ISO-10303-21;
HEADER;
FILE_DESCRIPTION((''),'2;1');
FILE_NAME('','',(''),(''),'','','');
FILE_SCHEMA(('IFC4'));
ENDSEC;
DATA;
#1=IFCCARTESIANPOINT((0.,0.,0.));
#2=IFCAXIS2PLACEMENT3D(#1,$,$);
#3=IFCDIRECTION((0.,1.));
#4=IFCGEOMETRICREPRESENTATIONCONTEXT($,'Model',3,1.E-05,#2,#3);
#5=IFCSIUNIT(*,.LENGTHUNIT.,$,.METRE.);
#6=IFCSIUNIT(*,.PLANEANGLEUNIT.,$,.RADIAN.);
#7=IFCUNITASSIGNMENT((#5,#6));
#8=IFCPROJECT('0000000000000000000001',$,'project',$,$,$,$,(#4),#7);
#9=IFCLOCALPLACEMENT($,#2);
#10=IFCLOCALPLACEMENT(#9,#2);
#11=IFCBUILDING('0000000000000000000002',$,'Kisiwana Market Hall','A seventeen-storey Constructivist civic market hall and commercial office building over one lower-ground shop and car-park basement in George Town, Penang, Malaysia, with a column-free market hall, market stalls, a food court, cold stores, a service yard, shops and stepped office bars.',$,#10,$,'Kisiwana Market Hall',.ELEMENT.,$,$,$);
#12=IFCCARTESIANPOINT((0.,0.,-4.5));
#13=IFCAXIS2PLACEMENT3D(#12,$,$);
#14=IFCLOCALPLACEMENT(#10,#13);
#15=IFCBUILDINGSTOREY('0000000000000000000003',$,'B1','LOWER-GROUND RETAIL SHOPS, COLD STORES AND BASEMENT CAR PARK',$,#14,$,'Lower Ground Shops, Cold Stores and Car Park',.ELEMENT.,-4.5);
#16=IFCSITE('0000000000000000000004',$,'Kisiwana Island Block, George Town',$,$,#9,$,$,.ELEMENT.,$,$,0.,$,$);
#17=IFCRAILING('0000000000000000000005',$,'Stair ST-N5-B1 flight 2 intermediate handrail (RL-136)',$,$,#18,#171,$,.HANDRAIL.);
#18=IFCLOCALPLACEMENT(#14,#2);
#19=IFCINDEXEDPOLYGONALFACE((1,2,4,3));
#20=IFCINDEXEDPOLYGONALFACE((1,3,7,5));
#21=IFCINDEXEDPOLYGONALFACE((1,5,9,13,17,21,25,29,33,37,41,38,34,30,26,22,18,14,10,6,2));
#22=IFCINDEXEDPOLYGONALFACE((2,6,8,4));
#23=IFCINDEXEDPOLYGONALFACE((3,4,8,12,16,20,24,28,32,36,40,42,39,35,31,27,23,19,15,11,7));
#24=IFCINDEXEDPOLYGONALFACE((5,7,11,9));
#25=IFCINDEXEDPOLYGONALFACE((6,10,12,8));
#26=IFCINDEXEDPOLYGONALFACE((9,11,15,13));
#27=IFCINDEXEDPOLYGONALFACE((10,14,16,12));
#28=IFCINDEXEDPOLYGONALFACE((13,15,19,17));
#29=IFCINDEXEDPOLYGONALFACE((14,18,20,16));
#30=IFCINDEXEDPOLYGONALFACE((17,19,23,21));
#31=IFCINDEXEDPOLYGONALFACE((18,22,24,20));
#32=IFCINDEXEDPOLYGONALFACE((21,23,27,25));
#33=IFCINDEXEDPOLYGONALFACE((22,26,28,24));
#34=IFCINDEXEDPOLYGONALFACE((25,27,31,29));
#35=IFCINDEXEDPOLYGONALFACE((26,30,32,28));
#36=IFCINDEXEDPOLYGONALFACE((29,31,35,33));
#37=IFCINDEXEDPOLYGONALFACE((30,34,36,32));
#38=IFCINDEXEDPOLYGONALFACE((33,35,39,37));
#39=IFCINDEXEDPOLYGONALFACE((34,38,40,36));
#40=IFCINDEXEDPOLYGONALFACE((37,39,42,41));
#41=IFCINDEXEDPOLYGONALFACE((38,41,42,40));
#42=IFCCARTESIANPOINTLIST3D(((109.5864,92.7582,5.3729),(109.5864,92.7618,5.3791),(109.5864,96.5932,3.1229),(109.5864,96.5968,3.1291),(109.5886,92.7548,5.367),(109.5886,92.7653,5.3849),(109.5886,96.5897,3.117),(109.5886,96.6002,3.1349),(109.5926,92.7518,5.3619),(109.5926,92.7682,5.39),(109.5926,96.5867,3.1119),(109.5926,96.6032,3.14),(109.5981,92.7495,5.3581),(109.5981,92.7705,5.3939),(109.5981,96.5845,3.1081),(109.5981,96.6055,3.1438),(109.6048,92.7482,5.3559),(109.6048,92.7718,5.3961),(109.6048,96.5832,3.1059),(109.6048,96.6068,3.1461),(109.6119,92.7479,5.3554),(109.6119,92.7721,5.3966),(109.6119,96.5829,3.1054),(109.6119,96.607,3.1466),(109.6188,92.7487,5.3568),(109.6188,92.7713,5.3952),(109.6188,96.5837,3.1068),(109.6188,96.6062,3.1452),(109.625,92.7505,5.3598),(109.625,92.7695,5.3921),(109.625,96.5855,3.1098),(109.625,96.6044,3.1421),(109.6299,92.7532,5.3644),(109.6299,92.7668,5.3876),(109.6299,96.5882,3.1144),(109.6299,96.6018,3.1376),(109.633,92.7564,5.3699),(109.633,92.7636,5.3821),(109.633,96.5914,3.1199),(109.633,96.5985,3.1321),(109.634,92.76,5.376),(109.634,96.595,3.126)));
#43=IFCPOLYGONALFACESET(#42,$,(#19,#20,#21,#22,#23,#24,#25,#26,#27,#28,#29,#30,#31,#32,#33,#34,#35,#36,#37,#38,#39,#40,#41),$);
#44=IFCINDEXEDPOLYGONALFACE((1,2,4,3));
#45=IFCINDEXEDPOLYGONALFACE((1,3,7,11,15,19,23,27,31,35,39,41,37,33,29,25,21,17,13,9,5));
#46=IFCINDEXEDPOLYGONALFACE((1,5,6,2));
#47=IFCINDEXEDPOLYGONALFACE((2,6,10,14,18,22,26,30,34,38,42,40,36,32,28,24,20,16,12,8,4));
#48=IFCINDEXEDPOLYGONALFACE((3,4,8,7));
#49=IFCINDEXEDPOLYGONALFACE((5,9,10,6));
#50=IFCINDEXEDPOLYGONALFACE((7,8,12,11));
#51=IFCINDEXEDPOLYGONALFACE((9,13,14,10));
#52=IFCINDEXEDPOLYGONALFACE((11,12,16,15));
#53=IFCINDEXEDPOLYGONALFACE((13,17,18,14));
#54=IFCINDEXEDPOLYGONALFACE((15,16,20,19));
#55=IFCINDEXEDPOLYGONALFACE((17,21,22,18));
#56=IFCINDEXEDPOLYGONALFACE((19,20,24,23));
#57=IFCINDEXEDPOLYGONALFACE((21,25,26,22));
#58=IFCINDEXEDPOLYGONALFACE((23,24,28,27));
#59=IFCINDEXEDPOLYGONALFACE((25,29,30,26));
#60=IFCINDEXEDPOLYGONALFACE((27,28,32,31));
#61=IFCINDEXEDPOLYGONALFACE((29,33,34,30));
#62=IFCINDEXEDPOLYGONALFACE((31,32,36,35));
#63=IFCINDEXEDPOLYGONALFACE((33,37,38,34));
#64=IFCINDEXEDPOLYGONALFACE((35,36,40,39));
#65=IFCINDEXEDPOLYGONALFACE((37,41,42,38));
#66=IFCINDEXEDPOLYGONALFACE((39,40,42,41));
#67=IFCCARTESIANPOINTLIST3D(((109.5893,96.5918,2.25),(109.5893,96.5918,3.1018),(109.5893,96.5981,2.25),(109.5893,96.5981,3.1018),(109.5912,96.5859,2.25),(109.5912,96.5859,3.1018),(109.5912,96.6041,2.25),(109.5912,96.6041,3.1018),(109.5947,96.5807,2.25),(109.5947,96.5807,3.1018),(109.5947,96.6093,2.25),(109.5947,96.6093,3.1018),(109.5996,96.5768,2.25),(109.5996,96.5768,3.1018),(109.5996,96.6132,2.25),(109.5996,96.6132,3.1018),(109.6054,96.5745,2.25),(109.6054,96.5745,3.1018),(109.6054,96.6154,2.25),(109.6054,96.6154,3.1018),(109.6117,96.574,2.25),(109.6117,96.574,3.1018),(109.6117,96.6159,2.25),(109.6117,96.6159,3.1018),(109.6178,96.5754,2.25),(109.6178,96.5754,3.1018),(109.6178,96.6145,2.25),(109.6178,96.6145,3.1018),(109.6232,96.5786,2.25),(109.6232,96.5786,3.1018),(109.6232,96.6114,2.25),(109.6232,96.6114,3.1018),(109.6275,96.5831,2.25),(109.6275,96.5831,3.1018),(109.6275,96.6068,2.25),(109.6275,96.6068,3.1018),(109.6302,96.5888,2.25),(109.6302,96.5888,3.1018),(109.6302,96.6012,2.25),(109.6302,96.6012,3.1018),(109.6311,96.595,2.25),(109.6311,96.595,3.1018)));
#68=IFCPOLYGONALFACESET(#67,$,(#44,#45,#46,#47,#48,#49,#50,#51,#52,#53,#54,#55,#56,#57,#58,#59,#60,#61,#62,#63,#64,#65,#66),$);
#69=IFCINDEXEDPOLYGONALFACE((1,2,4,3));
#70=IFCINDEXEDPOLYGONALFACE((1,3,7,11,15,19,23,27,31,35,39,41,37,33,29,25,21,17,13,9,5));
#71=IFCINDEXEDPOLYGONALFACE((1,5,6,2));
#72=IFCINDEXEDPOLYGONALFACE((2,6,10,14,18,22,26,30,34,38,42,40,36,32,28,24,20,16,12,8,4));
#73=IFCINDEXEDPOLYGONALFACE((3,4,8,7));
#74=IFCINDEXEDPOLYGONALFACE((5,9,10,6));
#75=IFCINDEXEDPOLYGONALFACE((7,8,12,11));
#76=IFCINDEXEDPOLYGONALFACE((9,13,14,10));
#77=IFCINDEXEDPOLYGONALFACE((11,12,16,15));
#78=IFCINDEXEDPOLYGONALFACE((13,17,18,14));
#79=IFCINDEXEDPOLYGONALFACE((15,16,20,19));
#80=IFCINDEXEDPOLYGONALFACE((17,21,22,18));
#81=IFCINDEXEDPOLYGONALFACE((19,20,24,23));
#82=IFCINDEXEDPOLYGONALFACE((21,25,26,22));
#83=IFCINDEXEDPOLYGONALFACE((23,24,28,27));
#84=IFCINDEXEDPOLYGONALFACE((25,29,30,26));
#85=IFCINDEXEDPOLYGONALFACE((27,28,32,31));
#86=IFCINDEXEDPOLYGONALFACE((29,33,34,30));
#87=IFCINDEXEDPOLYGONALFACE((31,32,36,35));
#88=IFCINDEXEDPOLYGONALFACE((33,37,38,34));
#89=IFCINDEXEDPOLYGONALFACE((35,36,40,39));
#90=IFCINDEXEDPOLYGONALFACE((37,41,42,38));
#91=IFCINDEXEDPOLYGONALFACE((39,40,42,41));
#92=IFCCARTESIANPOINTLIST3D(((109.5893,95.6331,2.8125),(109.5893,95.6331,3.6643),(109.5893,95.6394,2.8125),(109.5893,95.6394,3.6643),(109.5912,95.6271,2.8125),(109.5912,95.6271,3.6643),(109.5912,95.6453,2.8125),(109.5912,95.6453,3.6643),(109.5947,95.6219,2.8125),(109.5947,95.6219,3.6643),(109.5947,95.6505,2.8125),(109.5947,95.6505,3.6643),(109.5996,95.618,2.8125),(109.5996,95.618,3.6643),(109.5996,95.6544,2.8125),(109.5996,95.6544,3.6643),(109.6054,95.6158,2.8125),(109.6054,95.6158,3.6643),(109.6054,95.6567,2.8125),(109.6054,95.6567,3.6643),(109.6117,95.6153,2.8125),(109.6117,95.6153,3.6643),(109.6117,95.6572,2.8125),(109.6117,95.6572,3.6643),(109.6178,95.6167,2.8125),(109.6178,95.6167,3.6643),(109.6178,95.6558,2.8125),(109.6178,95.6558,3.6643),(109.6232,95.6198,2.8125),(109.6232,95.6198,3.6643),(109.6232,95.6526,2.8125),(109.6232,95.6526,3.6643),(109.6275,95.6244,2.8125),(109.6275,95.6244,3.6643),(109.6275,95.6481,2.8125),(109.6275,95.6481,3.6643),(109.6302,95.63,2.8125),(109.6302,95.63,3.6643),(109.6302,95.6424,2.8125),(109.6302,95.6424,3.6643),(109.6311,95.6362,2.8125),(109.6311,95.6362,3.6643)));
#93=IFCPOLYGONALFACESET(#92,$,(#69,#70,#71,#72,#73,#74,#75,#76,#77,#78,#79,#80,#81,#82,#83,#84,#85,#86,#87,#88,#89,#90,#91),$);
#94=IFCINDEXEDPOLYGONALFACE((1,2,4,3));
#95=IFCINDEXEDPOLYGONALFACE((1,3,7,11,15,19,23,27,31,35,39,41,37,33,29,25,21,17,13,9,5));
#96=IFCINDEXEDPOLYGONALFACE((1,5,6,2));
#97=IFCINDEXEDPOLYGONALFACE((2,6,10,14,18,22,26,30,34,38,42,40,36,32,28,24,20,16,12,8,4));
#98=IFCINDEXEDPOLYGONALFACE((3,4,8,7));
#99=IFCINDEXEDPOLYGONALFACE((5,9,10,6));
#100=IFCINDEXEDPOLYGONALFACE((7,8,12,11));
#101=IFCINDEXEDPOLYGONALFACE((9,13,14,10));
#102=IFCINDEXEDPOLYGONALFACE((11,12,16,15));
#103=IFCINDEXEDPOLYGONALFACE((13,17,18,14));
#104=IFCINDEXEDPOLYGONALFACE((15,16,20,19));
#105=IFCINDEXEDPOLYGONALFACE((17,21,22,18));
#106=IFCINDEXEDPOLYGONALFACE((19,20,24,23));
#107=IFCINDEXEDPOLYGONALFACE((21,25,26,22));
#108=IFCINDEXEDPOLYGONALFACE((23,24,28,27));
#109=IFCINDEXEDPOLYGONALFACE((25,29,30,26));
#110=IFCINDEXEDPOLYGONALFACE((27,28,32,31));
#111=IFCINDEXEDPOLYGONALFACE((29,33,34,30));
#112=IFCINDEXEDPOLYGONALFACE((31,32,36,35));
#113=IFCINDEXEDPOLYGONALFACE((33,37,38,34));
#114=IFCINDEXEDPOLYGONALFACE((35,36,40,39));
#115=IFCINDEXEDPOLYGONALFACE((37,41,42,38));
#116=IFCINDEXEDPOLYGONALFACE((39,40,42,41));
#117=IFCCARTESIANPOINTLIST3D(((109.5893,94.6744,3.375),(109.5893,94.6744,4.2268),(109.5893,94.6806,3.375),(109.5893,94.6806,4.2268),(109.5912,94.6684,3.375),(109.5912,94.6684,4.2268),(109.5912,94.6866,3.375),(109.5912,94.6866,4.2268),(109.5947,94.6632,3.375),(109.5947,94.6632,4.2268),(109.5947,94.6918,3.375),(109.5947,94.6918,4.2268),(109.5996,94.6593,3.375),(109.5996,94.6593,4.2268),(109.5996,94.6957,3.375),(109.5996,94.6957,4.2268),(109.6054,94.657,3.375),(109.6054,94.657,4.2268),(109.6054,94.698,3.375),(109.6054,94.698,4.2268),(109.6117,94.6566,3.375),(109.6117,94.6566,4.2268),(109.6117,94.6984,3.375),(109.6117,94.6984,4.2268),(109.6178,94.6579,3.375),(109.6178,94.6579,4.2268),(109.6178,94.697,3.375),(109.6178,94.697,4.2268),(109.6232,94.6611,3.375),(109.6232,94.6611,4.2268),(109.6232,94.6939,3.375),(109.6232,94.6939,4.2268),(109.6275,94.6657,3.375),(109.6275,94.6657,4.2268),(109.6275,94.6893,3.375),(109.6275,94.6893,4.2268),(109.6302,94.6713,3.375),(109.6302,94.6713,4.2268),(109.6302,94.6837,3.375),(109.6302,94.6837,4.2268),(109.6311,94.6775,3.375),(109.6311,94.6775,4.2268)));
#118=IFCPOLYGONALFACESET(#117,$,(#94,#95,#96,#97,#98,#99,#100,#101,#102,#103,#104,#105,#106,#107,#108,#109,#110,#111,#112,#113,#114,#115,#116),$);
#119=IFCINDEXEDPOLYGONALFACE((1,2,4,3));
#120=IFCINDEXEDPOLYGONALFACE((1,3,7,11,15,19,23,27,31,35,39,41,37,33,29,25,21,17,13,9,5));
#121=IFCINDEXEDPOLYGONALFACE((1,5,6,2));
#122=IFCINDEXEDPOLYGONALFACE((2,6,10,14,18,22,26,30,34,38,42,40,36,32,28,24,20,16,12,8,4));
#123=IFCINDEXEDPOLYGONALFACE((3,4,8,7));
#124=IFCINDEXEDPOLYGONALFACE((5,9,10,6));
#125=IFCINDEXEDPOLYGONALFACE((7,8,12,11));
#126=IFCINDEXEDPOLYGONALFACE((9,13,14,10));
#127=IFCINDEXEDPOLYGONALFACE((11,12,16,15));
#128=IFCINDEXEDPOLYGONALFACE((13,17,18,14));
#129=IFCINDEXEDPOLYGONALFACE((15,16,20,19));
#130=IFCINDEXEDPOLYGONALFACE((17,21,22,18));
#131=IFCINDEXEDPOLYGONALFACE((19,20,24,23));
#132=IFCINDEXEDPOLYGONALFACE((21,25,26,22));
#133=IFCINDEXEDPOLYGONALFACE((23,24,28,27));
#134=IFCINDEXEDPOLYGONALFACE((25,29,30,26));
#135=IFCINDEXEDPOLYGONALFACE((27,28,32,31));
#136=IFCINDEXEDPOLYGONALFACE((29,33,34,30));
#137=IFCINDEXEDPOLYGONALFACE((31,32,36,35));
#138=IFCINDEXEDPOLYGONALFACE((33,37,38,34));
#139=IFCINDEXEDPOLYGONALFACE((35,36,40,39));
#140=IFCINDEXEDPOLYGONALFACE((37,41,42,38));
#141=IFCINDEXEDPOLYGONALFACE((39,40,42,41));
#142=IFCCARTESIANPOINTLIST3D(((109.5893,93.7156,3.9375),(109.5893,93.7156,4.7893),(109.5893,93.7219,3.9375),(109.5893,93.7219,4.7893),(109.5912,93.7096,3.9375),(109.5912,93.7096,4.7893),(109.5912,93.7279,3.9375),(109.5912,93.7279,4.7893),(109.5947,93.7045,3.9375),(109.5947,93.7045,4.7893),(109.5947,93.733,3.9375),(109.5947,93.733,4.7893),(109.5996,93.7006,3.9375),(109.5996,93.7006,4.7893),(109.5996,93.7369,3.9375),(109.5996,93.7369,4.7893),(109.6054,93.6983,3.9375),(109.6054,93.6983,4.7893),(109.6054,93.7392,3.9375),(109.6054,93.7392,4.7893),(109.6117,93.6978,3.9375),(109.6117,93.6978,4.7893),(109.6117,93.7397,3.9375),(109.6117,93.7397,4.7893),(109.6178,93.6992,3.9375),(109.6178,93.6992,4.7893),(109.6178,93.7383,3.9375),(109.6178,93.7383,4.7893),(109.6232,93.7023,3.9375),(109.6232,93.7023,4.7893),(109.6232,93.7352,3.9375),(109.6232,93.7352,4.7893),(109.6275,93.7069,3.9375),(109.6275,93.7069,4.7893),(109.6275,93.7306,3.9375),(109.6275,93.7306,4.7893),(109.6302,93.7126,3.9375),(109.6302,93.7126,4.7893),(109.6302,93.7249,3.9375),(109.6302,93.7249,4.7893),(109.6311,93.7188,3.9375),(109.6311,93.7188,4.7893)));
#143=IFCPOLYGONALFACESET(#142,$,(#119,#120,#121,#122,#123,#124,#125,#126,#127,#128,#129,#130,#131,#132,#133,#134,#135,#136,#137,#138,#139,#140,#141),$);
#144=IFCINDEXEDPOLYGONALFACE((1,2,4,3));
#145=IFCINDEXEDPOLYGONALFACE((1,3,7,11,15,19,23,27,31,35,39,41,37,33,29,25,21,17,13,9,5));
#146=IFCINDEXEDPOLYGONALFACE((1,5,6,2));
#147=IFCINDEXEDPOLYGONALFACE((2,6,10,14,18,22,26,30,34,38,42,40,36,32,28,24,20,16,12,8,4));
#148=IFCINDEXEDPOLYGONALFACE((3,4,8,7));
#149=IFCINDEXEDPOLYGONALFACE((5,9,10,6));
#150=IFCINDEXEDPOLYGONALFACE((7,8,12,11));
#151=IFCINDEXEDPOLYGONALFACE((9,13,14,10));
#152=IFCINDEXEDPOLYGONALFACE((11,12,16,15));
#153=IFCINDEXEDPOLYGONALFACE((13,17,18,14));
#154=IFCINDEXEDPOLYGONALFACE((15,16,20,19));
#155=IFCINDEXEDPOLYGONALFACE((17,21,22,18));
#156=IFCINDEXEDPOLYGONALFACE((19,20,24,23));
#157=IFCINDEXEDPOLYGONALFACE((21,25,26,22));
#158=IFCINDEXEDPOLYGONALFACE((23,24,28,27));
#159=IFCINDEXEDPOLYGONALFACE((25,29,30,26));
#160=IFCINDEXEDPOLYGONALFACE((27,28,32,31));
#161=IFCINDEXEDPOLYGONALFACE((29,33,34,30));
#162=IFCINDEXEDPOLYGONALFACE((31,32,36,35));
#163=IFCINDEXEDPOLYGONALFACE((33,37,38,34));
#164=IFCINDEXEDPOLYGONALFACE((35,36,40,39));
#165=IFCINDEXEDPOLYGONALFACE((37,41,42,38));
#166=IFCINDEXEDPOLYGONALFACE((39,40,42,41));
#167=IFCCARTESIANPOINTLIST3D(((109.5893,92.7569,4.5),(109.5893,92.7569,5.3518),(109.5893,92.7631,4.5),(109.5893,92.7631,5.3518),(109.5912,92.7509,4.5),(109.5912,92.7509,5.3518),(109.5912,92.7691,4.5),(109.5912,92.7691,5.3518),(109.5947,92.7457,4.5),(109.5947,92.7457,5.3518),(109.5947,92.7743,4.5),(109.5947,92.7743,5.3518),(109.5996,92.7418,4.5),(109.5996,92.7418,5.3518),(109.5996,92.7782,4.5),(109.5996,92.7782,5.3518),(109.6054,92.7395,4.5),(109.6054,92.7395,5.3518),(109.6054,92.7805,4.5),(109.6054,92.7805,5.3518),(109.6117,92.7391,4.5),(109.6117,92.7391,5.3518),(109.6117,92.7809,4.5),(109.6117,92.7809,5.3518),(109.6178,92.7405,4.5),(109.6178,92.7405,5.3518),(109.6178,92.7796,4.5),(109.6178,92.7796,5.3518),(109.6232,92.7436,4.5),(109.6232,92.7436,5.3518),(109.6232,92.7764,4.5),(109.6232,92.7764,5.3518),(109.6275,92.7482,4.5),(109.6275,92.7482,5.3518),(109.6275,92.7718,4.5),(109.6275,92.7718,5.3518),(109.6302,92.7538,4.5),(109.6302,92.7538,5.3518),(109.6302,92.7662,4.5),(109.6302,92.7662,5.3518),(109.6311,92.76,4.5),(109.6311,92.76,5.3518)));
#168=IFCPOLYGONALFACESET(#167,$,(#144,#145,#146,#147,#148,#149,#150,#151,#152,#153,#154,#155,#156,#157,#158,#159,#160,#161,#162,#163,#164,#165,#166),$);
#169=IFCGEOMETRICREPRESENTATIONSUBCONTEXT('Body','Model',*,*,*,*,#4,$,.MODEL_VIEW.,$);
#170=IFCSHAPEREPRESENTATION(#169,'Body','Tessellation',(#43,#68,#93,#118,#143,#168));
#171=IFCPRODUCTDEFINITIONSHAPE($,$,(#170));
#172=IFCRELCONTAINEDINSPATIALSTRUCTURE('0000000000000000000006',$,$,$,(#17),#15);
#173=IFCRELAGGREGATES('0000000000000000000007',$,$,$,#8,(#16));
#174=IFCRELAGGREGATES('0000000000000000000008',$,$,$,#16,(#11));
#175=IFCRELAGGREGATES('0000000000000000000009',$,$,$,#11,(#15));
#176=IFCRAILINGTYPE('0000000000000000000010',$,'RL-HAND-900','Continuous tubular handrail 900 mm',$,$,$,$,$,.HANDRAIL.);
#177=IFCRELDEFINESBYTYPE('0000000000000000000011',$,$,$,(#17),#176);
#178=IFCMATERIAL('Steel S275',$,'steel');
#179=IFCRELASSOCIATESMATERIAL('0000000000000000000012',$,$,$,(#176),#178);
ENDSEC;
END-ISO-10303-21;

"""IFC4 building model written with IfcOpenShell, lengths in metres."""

from ifc_helpers import new_model, si_unit, direction, frame, origin, origin_2d, place, context, subcontext, project, spatial, circle, extrude, material, type_object, element, save


model = new_model("IFC4")

# Units and contexts
model_context = context("Model", 3, precision=1e-05, world=origin(), true_north=direction((0.0, 1.0)))
body_context = subcontext(model_context, "Body", "Model", "MODEL_VIEW")
ifc_project = project(units=[si_unit("LENGTHUNIT", "METRE"), si_unit("PLANEANGLEUNIT", "RADIAN")], contexts=[model_context])

# Site, building, storey
site_placement = place(None, origin())
site = spatial("IfcSite", under=ifc_project, at=site_placement, Name="Kisiwana Island Block, George Town", CompositionType="ELEMENT", RefElevation=0.0)
building_placement = place(site_placement, origin())
building = spatial("IfcBuilding", under=site, at=building_placement, Name="Kisiwana Market Hall", Description="A seventeen-storey Constructivist civic market hall and commercial office building over one lower-ground shop and car-park basement in George Town, Penang, Malaysia, with a column-free market hall, market stalls, a food court, cold stores, a service yard, shops and stepped office bars.", LongName="Kisiwana Market Hall", CompositionType="ELEMENT")
storey_placement = place(building_placement, frame((0.0, 0.0, -4.5)))
storey = spatial("IfcBuildingStorey", under=building, at=storey_placement, Name="B1", Description="LOWER-GROUND RETAIL SHOPS, COLD STORES AND BASEMENT CAR PARK", LongName="Lower Ground Shops, Cold Stores and Car Park", CompositionType="ELEMENT", Elevation=-4.5)

# Railing
ifc_material_1 = material(Name="Steel S275", Category="steel")
railing_type_1 = type_object("IfcRailingType", Name="RL-HAND-900", Description="Continuous tubular handrail 900 mm", PredefinedType="HANDRAIL", material=ifc_material_1)
for number, where, name in (
    (1, (109.6101, 96.595, 2.25), "Stair ST-N5-B1 flight 2 intermediate handrail (RL-136)"),
):
    element("IfcRailing", number, at=place(storey_placement, frame(where)), inside=storey, type_object=railing_type_1, Name=name, PredefinedType="HANDRAIL", context=body_context, shape_type="SweptSolid", body=[
        extrude(circle(Radius=0.0239, at=origin_2d()), frame((0.0, 0.0, 0.876), z_axis=(0.0, -0.86251, 0.506041), x_axis=(1.0, 0.0, 0.0)), (0.0, 0.0, 1.0), 4.4463),
        extrude(circle(Radius=0.021, at=origin_2d()), origin(), (0.0, 0.0, 1.0), 0.8518),
        extrude(circle(Radius=0.021, at=origin_2d()), frame((0.0, -0.9587, 0.5625)), (0.0, 0.0, 1.0), 0.8518),
        extrude(circle(Radius=0.021, at=origin_2d()), frame((0.0, -1.9175, 1.125)), (0.0, 0.0, 1.0), 0.8518),
        extrude(circle(Radius=0.021, at=origin_2d()), frame((0.0, -2.8762, 1.6875)), (0.0, 0.0, 1.0), 0.8518),
        extrude(circle(Radius=0.021, at=origin_2d()), frame((0.0, -3.835, 2.25)), (0.0, 0.0, 1.0), 0.8518),
    ])

save(model, "model.ifc")
